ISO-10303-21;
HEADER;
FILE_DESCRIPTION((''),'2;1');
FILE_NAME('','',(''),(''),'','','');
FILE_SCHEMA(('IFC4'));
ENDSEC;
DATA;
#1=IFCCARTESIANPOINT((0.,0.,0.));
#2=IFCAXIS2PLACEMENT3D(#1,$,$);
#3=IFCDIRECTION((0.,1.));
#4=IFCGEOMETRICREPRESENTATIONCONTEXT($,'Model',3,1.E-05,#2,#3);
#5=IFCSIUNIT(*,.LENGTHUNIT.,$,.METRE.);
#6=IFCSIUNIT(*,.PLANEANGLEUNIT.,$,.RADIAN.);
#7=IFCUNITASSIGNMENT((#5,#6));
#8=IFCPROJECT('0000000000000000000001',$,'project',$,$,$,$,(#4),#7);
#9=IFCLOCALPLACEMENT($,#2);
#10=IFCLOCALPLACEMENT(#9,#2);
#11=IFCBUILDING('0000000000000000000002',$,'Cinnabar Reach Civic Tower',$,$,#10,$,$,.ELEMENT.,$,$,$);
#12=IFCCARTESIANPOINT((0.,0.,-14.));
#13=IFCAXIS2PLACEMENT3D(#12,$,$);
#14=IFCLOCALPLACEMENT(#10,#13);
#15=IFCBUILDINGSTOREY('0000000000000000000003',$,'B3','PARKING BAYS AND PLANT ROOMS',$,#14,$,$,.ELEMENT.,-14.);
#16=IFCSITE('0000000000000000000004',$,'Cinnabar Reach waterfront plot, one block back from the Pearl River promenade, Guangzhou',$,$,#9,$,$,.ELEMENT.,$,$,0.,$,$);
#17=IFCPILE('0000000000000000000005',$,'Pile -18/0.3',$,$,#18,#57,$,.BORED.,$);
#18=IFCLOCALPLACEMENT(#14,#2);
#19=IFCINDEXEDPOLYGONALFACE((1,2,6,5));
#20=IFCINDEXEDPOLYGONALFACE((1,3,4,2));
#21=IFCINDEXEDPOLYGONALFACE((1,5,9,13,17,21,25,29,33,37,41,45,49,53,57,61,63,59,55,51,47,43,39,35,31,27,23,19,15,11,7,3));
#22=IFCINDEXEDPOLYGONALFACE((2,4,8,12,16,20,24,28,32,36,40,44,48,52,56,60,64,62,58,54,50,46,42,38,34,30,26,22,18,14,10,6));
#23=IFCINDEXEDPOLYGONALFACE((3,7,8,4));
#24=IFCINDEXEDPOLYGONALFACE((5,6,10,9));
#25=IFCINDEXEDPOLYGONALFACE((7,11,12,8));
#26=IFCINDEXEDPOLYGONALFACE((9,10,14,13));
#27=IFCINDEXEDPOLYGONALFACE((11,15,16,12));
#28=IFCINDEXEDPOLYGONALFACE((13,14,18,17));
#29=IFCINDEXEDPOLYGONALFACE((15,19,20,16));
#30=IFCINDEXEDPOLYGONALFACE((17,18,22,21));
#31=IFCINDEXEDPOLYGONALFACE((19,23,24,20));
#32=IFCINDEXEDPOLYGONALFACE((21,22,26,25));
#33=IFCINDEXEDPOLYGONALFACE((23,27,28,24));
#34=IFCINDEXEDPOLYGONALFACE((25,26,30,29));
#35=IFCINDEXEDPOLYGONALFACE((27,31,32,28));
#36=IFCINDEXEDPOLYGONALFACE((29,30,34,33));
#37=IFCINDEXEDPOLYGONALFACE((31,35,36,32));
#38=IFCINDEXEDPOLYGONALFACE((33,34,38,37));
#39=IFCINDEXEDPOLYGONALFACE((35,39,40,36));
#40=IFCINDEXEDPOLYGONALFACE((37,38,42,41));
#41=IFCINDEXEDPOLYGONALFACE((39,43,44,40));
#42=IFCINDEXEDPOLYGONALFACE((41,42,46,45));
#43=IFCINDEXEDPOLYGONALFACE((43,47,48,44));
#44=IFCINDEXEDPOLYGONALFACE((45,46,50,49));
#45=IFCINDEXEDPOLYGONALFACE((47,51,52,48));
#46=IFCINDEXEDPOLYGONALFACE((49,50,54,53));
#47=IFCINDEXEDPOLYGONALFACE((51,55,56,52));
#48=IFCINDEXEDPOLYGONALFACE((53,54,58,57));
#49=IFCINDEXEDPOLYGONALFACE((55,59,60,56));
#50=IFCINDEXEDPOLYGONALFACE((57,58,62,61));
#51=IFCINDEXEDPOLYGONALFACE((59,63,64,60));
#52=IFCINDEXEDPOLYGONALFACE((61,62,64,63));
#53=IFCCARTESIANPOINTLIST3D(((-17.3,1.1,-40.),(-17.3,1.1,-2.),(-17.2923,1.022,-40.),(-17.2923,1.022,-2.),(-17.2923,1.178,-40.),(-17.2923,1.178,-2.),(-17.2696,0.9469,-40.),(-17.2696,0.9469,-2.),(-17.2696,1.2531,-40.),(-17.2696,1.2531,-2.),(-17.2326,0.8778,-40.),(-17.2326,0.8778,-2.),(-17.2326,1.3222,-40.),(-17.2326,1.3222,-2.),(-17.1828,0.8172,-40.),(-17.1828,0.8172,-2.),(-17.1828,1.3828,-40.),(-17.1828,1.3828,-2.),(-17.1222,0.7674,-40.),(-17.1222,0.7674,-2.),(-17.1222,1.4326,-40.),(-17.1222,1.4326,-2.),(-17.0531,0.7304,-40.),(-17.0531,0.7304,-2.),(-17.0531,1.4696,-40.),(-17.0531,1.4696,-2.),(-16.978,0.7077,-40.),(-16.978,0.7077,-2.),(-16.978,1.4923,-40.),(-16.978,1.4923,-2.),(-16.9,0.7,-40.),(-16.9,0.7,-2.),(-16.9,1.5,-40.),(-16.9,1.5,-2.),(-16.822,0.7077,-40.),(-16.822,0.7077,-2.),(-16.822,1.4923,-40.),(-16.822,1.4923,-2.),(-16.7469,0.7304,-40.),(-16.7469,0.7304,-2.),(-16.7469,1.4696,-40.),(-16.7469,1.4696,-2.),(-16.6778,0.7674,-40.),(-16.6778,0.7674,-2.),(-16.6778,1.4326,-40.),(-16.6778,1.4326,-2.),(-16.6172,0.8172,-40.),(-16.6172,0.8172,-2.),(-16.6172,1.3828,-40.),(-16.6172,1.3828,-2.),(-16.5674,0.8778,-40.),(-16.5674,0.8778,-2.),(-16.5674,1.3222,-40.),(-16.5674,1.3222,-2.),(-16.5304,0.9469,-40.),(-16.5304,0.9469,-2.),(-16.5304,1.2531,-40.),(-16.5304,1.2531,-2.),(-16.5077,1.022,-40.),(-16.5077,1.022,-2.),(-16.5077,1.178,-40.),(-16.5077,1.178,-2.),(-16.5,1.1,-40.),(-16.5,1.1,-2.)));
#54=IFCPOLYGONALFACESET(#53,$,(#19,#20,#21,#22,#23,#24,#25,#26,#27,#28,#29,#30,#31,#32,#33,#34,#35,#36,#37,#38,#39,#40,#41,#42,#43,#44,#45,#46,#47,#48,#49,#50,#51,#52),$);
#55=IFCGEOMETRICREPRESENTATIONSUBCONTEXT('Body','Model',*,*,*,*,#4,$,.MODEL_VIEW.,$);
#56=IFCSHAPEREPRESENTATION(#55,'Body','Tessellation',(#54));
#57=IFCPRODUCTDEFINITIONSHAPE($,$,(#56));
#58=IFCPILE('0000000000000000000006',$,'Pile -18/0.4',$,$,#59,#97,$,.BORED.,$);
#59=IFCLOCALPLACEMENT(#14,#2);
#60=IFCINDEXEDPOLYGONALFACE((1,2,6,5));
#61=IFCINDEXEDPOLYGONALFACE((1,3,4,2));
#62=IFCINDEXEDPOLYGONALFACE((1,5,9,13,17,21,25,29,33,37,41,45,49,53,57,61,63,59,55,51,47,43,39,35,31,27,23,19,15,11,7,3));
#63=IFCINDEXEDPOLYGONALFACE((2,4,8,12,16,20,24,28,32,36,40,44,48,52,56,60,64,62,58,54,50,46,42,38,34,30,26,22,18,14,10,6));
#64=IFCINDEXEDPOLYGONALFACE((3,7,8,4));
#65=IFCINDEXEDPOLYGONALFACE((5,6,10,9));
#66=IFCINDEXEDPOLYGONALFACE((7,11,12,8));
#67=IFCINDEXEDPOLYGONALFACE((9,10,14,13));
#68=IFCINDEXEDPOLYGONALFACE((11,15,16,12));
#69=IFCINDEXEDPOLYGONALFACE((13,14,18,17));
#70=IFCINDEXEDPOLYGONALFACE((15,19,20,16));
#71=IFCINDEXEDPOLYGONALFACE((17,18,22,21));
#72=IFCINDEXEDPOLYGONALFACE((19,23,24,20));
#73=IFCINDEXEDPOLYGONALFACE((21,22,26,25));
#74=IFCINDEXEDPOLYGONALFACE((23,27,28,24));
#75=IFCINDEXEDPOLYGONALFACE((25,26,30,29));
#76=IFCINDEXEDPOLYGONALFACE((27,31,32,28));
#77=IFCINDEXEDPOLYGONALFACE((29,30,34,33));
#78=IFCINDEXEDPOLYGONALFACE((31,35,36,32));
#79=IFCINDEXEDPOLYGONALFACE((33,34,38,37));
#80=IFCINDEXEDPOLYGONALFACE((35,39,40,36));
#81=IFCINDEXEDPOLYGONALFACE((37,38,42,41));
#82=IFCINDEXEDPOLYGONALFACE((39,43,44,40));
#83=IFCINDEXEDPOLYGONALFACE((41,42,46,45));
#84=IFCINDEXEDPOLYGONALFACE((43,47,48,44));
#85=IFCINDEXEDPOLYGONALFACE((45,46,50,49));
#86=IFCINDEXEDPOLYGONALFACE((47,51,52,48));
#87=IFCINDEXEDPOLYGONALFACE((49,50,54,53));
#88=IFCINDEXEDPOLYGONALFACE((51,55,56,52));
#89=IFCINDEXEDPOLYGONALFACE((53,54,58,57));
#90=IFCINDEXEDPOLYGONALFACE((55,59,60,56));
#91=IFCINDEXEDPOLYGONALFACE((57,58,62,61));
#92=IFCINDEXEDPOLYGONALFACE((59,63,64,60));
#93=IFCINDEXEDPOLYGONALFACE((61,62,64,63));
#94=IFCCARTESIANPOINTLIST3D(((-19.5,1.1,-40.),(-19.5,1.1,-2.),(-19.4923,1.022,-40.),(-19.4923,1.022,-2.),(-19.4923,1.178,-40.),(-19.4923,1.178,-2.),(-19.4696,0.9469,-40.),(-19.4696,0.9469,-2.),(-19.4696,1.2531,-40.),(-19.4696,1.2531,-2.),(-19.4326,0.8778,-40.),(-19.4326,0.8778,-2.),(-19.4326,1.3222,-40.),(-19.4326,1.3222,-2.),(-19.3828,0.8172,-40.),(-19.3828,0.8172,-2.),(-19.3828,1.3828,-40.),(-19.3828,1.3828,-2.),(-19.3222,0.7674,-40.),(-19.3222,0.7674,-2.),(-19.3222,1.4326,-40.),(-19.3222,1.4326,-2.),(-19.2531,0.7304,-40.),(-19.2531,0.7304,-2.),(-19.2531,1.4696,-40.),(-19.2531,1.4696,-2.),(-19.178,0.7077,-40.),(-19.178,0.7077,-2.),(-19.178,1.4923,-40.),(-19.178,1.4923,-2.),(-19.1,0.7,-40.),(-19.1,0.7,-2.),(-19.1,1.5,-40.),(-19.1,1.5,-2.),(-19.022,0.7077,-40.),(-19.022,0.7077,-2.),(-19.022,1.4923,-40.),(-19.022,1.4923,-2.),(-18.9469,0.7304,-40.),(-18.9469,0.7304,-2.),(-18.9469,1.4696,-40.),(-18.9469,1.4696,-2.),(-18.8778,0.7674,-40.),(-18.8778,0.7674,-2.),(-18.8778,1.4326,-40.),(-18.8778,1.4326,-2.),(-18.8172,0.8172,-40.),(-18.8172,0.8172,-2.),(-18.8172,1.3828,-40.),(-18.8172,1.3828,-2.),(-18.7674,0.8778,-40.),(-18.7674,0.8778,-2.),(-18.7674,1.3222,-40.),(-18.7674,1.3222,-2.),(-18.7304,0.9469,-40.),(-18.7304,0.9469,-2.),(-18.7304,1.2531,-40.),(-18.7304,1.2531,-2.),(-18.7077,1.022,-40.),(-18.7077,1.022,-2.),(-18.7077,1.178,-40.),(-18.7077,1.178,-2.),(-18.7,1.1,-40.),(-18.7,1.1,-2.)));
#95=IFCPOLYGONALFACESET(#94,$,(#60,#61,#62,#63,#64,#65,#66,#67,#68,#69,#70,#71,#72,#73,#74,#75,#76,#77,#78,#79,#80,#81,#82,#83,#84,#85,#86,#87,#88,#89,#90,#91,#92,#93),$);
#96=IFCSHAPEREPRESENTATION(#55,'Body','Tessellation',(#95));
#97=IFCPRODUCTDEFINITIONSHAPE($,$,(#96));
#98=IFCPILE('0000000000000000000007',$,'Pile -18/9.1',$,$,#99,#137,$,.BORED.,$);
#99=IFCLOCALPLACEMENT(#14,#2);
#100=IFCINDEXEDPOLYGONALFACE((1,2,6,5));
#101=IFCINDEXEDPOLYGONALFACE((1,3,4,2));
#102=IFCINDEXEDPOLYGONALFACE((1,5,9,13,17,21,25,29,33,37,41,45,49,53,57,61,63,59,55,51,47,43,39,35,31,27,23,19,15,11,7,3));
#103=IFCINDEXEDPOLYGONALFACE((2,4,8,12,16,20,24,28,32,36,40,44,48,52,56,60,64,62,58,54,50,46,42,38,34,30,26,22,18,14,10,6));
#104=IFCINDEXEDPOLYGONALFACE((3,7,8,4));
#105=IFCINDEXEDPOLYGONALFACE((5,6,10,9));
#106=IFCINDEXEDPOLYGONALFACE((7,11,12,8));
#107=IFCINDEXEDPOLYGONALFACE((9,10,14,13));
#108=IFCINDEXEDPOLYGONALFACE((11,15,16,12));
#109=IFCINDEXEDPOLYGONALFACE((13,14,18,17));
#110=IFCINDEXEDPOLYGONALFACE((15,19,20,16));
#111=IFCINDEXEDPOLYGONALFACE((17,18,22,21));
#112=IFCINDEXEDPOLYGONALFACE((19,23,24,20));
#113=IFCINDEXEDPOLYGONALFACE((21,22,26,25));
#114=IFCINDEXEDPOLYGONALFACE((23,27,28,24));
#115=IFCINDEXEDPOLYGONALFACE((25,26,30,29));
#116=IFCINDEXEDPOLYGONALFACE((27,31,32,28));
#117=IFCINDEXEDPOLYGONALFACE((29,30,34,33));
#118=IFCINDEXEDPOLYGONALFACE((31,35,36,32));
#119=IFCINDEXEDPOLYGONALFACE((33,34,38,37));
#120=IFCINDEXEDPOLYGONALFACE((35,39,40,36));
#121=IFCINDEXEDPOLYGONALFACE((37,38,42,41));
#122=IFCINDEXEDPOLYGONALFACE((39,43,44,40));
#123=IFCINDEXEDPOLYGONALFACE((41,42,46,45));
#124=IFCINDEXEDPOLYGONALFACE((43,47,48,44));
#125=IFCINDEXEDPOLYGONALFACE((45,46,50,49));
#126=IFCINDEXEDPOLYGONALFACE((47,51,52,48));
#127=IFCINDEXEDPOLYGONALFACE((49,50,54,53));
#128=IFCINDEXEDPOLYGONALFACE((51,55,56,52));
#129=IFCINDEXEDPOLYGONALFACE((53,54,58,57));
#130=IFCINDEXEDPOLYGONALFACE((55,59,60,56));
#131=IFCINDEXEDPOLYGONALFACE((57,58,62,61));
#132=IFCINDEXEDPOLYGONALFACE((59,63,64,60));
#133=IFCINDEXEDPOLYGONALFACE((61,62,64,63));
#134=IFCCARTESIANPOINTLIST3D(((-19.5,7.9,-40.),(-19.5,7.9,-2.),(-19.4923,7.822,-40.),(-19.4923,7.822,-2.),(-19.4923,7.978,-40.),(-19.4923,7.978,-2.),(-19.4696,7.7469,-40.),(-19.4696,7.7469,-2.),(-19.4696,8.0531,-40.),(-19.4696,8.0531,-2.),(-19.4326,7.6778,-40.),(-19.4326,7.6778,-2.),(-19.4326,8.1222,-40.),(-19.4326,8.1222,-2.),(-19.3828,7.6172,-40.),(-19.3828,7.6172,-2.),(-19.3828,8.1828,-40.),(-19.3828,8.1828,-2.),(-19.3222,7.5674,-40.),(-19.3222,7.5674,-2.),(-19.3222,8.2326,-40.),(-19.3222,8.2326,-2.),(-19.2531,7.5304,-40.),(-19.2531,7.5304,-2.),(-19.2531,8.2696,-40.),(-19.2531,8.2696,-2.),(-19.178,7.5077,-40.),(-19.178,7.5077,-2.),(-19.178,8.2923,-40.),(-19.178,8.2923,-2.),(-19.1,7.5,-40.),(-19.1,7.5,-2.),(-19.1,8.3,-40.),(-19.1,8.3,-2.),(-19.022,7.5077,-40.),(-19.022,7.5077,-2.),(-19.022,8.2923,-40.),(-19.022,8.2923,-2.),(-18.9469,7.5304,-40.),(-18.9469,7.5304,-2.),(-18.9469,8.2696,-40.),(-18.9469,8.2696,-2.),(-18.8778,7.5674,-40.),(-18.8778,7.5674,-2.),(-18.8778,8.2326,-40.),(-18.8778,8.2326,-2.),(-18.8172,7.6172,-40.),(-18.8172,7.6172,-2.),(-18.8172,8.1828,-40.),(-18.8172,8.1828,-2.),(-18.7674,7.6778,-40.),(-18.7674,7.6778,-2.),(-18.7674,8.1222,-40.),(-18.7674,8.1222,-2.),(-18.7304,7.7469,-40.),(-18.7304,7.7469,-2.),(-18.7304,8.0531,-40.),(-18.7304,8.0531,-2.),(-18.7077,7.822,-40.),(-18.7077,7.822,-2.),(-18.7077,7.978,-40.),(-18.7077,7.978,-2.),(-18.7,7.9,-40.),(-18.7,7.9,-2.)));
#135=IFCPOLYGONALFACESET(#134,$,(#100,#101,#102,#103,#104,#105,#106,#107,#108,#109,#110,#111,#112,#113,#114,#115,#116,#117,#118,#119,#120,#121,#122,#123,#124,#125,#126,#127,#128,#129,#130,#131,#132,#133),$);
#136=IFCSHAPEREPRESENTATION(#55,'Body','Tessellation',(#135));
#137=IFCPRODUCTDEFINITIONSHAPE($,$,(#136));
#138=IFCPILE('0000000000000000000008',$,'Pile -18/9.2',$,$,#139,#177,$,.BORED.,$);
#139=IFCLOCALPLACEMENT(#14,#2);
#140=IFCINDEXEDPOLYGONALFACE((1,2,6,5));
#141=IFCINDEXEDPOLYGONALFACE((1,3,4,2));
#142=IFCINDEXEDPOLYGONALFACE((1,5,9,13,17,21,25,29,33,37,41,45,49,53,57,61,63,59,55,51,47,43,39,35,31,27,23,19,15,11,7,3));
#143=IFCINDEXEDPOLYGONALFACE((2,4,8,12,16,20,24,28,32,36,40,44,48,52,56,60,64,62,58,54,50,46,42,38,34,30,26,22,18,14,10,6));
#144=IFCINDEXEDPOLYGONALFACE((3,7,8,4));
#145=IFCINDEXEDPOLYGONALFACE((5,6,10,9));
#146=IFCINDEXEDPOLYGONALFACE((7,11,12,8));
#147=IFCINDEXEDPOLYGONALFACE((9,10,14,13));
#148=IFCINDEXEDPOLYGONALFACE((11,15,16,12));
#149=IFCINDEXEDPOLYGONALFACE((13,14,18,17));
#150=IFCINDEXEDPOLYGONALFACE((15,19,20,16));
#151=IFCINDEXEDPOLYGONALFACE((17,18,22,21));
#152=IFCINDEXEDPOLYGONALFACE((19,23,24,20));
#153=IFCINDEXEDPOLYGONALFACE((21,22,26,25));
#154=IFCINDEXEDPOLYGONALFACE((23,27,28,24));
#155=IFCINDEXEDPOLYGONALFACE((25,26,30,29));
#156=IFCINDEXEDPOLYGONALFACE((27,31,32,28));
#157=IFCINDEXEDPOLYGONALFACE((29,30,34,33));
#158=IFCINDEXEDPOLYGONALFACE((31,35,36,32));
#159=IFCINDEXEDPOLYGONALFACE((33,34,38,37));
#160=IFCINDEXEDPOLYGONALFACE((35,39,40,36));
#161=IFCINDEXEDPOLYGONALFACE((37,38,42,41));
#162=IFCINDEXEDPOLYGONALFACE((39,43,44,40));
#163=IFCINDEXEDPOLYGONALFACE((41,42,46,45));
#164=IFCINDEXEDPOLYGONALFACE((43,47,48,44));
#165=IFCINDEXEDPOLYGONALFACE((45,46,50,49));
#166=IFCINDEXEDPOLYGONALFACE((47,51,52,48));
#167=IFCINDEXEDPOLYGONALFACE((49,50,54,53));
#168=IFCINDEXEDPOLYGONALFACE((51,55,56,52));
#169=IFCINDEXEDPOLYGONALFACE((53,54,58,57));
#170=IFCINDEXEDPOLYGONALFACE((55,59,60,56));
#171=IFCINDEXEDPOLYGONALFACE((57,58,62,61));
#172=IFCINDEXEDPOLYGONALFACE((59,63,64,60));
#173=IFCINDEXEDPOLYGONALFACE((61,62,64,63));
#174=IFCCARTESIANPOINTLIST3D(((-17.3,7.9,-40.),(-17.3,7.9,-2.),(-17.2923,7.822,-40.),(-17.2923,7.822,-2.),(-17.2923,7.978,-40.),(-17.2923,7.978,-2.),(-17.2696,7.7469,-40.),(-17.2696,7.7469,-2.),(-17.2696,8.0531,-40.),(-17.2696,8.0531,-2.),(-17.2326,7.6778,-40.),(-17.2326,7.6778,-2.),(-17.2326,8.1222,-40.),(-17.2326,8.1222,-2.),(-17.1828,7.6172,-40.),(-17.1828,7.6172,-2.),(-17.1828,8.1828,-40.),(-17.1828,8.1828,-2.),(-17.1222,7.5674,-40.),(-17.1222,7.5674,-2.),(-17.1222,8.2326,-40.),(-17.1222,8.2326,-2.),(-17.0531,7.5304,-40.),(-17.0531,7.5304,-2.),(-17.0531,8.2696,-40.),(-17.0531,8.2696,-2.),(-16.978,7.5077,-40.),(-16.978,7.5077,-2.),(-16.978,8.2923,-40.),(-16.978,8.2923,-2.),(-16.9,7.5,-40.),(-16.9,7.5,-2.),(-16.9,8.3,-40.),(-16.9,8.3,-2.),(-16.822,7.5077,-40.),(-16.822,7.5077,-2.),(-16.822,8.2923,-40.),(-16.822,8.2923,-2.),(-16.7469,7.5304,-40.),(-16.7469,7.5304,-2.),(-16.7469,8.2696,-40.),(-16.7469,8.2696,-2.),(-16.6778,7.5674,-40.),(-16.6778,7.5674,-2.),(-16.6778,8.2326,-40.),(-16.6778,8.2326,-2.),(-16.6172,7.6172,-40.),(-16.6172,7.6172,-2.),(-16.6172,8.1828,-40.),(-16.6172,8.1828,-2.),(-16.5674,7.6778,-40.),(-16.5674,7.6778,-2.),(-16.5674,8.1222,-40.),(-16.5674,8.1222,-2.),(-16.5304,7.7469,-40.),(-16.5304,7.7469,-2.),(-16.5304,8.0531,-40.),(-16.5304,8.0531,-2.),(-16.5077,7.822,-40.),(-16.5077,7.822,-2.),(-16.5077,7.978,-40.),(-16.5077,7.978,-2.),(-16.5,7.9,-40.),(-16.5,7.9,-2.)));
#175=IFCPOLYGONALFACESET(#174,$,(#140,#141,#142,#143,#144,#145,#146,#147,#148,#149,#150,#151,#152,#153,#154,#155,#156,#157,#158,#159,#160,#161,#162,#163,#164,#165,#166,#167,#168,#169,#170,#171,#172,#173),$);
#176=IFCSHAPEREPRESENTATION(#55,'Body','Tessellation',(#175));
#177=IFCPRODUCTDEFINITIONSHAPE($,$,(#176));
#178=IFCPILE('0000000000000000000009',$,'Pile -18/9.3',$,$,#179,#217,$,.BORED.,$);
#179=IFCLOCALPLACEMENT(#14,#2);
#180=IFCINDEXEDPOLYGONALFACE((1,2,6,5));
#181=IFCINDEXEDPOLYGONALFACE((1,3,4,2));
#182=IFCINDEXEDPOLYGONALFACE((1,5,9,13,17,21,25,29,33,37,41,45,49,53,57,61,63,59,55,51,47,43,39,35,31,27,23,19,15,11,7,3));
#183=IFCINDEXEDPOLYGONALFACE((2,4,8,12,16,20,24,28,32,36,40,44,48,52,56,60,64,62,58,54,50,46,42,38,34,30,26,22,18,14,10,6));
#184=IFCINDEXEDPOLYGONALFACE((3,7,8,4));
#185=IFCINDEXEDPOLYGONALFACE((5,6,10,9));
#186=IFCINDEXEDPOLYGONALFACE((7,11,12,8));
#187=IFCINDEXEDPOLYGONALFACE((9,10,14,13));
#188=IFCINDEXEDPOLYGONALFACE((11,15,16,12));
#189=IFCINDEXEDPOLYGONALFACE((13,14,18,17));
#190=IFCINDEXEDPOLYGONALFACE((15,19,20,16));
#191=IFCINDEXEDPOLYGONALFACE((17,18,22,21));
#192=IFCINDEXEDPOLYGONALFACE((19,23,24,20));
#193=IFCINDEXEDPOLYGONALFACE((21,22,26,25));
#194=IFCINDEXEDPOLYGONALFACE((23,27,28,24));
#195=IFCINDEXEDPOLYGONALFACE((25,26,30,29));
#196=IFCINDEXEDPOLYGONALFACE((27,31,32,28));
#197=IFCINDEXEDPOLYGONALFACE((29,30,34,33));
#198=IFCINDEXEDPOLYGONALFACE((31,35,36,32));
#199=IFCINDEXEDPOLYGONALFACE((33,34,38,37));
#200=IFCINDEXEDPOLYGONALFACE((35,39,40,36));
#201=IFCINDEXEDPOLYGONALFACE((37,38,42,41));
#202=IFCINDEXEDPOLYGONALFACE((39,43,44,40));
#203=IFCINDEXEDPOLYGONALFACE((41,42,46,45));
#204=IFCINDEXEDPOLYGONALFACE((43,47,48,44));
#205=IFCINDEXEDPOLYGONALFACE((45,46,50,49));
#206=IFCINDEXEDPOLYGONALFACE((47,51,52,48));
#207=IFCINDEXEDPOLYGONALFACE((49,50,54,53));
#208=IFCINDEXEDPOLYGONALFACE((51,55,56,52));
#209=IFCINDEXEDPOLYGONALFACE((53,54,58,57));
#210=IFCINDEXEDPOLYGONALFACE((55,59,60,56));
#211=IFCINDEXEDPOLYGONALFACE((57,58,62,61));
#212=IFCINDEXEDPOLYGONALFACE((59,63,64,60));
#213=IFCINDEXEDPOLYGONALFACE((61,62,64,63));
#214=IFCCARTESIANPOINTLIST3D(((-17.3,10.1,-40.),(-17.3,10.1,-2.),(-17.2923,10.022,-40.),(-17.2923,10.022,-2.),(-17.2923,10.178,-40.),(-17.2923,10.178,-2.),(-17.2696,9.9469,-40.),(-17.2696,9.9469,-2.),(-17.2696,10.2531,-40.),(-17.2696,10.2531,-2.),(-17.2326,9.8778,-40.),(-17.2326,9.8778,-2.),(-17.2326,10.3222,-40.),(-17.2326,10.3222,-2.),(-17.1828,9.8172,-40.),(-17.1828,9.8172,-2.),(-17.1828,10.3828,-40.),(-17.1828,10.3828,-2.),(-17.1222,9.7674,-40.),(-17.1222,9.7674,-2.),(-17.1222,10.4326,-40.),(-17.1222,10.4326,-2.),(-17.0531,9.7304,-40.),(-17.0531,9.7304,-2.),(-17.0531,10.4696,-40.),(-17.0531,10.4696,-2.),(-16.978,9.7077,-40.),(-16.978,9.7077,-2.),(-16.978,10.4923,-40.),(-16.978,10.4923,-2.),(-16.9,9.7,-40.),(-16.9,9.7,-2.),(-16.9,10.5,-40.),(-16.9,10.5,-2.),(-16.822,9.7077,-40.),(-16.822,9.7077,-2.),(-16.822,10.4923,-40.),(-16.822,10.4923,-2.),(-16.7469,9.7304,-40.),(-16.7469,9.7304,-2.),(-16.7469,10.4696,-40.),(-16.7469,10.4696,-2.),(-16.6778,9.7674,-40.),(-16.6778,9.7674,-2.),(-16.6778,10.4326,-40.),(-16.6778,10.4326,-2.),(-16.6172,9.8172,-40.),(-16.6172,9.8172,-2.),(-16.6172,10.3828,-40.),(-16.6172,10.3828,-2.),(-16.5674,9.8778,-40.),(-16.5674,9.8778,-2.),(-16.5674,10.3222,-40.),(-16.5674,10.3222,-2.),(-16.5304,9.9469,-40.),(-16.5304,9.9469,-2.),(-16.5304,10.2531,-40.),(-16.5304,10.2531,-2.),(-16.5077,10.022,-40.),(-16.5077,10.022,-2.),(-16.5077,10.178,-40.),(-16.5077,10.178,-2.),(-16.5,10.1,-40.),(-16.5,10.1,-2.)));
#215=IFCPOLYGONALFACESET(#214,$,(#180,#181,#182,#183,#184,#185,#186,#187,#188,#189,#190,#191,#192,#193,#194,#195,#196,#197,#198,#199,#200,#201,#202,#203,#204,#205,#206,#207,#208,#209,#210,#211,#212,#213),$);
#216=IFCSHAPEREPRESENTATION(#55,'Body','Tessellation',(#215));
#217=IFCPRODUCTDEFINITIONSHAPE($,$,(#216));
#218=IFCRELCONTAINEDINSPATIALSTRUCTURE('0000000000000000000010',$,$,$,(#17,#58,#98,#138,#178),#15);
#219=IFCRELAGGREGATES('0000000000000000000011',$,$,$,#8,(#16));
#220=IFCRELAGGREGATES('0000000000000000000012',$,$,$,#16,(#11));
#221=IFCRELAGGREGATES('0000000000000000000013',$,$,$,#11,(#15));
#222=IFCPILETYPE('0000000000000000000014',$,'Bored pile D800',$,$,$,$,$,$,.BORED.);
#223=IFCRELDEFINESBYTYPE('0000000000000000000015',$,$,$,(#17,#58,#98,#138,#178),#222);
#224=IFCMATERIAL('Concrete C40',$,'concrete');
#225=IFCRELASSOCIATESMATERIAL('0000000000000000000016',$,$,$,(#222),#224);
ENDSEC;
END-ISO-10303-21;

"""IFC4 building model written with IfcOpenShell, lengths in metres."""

from ifc_helpers import new_model, si_unit, direction, frame, origin, origin_2d, place, context, subcontext, project, spatial, circle, extrude, material, type_object, element, save


model = new_model("IFC4")

# Units and contexts
model_context = context("Model", 3, precision=1e-05, world=origin(), true_north=direction((0.0, 1.0)))
body_context = subcontext(model_context, "Body", "Model", "MODEL_VIEW")
ifc_project = project(units=[si_unit("LENGTHUNIT", "METRE"), si_unit("PLANEANGLEUNIT", "RADIAN")], contexts=[model_context])

# Site, building, storey
site_placement = place(None, origin())
site = spatial("IfcSite", under=ifc_project, at=site_placement, Name="Cinnabar Reach waterfront plot, one block back from the Pearl River promenade, Guangzhou", CompositionType="ELEMENT", RefElevation=0.0)
building_placement = place(site_placement, origin())
building = spatial("IfcBuilding", under=site, at=building_placement, Name="Cinnabar Reach Civic Tower", CompositionType="ELEMENT")
storey_placement = place(building_placement, frame((0.0, 0.0, -14.0)))
storey = spatial("IfcBuildingStorey", under=building, at=storey_placement, Name="B3", Description="PARKING BAYS AND PLANT ROOMS", CompositionType="ELEMENT", Elevation=-14.0)

# Piles
ifc_material_1 = material(Name="Concrete C40", Category="concrete")
pile_type = type_object("IfcPileType", Name="Bored pile D800", PredefinedType="BORED", material=ifc_material_1)
for number, where, z_axis, x_axis, name in (
    (1, (-16.9, 1.1, -2.0), (0.0, 0.0, -1.0), (1.0, 0.0, 0.0), "Pile -18/0.3"),
    (2, (-19.1, 1.1, -2.0), (0.0, 0.0, -1.0), (1.0, 0.0, 0.0), "Pile -18/0.4"),
    (3, (-19.1, 7.9, -2.0), (0.0, 0.0, -1.0), (1.0, 0.0, 0.0), "Pile -18/9.1"),
    (4, (-16.9, 7.9, -2.0), (0.0, 0.0, -1.0), (1.0, 0.0, 0.0), "Pile -18/9.2"),
    (5, (-16.9, 10.1, -2.0), (0.0, 0.0, -1.0), (1.0, 0.0, 0.0), "Pile -18/9.3"),
):
    element("IfcPile", number, at=place(storey_placement, frame(where, z_axis=z_axis, x_axis=x_axis)), inside=storey, type_object=pile_type, Name=name, PredefinedType="BORED", context=body_context, shape_type="SweptSolid", body=[
        extrude(circle(Radius=0.4, at=origin_2d()), origin(), (0.0, 0.0, 1.0), 38.0),
    ])

save(model, "model.ifc")
